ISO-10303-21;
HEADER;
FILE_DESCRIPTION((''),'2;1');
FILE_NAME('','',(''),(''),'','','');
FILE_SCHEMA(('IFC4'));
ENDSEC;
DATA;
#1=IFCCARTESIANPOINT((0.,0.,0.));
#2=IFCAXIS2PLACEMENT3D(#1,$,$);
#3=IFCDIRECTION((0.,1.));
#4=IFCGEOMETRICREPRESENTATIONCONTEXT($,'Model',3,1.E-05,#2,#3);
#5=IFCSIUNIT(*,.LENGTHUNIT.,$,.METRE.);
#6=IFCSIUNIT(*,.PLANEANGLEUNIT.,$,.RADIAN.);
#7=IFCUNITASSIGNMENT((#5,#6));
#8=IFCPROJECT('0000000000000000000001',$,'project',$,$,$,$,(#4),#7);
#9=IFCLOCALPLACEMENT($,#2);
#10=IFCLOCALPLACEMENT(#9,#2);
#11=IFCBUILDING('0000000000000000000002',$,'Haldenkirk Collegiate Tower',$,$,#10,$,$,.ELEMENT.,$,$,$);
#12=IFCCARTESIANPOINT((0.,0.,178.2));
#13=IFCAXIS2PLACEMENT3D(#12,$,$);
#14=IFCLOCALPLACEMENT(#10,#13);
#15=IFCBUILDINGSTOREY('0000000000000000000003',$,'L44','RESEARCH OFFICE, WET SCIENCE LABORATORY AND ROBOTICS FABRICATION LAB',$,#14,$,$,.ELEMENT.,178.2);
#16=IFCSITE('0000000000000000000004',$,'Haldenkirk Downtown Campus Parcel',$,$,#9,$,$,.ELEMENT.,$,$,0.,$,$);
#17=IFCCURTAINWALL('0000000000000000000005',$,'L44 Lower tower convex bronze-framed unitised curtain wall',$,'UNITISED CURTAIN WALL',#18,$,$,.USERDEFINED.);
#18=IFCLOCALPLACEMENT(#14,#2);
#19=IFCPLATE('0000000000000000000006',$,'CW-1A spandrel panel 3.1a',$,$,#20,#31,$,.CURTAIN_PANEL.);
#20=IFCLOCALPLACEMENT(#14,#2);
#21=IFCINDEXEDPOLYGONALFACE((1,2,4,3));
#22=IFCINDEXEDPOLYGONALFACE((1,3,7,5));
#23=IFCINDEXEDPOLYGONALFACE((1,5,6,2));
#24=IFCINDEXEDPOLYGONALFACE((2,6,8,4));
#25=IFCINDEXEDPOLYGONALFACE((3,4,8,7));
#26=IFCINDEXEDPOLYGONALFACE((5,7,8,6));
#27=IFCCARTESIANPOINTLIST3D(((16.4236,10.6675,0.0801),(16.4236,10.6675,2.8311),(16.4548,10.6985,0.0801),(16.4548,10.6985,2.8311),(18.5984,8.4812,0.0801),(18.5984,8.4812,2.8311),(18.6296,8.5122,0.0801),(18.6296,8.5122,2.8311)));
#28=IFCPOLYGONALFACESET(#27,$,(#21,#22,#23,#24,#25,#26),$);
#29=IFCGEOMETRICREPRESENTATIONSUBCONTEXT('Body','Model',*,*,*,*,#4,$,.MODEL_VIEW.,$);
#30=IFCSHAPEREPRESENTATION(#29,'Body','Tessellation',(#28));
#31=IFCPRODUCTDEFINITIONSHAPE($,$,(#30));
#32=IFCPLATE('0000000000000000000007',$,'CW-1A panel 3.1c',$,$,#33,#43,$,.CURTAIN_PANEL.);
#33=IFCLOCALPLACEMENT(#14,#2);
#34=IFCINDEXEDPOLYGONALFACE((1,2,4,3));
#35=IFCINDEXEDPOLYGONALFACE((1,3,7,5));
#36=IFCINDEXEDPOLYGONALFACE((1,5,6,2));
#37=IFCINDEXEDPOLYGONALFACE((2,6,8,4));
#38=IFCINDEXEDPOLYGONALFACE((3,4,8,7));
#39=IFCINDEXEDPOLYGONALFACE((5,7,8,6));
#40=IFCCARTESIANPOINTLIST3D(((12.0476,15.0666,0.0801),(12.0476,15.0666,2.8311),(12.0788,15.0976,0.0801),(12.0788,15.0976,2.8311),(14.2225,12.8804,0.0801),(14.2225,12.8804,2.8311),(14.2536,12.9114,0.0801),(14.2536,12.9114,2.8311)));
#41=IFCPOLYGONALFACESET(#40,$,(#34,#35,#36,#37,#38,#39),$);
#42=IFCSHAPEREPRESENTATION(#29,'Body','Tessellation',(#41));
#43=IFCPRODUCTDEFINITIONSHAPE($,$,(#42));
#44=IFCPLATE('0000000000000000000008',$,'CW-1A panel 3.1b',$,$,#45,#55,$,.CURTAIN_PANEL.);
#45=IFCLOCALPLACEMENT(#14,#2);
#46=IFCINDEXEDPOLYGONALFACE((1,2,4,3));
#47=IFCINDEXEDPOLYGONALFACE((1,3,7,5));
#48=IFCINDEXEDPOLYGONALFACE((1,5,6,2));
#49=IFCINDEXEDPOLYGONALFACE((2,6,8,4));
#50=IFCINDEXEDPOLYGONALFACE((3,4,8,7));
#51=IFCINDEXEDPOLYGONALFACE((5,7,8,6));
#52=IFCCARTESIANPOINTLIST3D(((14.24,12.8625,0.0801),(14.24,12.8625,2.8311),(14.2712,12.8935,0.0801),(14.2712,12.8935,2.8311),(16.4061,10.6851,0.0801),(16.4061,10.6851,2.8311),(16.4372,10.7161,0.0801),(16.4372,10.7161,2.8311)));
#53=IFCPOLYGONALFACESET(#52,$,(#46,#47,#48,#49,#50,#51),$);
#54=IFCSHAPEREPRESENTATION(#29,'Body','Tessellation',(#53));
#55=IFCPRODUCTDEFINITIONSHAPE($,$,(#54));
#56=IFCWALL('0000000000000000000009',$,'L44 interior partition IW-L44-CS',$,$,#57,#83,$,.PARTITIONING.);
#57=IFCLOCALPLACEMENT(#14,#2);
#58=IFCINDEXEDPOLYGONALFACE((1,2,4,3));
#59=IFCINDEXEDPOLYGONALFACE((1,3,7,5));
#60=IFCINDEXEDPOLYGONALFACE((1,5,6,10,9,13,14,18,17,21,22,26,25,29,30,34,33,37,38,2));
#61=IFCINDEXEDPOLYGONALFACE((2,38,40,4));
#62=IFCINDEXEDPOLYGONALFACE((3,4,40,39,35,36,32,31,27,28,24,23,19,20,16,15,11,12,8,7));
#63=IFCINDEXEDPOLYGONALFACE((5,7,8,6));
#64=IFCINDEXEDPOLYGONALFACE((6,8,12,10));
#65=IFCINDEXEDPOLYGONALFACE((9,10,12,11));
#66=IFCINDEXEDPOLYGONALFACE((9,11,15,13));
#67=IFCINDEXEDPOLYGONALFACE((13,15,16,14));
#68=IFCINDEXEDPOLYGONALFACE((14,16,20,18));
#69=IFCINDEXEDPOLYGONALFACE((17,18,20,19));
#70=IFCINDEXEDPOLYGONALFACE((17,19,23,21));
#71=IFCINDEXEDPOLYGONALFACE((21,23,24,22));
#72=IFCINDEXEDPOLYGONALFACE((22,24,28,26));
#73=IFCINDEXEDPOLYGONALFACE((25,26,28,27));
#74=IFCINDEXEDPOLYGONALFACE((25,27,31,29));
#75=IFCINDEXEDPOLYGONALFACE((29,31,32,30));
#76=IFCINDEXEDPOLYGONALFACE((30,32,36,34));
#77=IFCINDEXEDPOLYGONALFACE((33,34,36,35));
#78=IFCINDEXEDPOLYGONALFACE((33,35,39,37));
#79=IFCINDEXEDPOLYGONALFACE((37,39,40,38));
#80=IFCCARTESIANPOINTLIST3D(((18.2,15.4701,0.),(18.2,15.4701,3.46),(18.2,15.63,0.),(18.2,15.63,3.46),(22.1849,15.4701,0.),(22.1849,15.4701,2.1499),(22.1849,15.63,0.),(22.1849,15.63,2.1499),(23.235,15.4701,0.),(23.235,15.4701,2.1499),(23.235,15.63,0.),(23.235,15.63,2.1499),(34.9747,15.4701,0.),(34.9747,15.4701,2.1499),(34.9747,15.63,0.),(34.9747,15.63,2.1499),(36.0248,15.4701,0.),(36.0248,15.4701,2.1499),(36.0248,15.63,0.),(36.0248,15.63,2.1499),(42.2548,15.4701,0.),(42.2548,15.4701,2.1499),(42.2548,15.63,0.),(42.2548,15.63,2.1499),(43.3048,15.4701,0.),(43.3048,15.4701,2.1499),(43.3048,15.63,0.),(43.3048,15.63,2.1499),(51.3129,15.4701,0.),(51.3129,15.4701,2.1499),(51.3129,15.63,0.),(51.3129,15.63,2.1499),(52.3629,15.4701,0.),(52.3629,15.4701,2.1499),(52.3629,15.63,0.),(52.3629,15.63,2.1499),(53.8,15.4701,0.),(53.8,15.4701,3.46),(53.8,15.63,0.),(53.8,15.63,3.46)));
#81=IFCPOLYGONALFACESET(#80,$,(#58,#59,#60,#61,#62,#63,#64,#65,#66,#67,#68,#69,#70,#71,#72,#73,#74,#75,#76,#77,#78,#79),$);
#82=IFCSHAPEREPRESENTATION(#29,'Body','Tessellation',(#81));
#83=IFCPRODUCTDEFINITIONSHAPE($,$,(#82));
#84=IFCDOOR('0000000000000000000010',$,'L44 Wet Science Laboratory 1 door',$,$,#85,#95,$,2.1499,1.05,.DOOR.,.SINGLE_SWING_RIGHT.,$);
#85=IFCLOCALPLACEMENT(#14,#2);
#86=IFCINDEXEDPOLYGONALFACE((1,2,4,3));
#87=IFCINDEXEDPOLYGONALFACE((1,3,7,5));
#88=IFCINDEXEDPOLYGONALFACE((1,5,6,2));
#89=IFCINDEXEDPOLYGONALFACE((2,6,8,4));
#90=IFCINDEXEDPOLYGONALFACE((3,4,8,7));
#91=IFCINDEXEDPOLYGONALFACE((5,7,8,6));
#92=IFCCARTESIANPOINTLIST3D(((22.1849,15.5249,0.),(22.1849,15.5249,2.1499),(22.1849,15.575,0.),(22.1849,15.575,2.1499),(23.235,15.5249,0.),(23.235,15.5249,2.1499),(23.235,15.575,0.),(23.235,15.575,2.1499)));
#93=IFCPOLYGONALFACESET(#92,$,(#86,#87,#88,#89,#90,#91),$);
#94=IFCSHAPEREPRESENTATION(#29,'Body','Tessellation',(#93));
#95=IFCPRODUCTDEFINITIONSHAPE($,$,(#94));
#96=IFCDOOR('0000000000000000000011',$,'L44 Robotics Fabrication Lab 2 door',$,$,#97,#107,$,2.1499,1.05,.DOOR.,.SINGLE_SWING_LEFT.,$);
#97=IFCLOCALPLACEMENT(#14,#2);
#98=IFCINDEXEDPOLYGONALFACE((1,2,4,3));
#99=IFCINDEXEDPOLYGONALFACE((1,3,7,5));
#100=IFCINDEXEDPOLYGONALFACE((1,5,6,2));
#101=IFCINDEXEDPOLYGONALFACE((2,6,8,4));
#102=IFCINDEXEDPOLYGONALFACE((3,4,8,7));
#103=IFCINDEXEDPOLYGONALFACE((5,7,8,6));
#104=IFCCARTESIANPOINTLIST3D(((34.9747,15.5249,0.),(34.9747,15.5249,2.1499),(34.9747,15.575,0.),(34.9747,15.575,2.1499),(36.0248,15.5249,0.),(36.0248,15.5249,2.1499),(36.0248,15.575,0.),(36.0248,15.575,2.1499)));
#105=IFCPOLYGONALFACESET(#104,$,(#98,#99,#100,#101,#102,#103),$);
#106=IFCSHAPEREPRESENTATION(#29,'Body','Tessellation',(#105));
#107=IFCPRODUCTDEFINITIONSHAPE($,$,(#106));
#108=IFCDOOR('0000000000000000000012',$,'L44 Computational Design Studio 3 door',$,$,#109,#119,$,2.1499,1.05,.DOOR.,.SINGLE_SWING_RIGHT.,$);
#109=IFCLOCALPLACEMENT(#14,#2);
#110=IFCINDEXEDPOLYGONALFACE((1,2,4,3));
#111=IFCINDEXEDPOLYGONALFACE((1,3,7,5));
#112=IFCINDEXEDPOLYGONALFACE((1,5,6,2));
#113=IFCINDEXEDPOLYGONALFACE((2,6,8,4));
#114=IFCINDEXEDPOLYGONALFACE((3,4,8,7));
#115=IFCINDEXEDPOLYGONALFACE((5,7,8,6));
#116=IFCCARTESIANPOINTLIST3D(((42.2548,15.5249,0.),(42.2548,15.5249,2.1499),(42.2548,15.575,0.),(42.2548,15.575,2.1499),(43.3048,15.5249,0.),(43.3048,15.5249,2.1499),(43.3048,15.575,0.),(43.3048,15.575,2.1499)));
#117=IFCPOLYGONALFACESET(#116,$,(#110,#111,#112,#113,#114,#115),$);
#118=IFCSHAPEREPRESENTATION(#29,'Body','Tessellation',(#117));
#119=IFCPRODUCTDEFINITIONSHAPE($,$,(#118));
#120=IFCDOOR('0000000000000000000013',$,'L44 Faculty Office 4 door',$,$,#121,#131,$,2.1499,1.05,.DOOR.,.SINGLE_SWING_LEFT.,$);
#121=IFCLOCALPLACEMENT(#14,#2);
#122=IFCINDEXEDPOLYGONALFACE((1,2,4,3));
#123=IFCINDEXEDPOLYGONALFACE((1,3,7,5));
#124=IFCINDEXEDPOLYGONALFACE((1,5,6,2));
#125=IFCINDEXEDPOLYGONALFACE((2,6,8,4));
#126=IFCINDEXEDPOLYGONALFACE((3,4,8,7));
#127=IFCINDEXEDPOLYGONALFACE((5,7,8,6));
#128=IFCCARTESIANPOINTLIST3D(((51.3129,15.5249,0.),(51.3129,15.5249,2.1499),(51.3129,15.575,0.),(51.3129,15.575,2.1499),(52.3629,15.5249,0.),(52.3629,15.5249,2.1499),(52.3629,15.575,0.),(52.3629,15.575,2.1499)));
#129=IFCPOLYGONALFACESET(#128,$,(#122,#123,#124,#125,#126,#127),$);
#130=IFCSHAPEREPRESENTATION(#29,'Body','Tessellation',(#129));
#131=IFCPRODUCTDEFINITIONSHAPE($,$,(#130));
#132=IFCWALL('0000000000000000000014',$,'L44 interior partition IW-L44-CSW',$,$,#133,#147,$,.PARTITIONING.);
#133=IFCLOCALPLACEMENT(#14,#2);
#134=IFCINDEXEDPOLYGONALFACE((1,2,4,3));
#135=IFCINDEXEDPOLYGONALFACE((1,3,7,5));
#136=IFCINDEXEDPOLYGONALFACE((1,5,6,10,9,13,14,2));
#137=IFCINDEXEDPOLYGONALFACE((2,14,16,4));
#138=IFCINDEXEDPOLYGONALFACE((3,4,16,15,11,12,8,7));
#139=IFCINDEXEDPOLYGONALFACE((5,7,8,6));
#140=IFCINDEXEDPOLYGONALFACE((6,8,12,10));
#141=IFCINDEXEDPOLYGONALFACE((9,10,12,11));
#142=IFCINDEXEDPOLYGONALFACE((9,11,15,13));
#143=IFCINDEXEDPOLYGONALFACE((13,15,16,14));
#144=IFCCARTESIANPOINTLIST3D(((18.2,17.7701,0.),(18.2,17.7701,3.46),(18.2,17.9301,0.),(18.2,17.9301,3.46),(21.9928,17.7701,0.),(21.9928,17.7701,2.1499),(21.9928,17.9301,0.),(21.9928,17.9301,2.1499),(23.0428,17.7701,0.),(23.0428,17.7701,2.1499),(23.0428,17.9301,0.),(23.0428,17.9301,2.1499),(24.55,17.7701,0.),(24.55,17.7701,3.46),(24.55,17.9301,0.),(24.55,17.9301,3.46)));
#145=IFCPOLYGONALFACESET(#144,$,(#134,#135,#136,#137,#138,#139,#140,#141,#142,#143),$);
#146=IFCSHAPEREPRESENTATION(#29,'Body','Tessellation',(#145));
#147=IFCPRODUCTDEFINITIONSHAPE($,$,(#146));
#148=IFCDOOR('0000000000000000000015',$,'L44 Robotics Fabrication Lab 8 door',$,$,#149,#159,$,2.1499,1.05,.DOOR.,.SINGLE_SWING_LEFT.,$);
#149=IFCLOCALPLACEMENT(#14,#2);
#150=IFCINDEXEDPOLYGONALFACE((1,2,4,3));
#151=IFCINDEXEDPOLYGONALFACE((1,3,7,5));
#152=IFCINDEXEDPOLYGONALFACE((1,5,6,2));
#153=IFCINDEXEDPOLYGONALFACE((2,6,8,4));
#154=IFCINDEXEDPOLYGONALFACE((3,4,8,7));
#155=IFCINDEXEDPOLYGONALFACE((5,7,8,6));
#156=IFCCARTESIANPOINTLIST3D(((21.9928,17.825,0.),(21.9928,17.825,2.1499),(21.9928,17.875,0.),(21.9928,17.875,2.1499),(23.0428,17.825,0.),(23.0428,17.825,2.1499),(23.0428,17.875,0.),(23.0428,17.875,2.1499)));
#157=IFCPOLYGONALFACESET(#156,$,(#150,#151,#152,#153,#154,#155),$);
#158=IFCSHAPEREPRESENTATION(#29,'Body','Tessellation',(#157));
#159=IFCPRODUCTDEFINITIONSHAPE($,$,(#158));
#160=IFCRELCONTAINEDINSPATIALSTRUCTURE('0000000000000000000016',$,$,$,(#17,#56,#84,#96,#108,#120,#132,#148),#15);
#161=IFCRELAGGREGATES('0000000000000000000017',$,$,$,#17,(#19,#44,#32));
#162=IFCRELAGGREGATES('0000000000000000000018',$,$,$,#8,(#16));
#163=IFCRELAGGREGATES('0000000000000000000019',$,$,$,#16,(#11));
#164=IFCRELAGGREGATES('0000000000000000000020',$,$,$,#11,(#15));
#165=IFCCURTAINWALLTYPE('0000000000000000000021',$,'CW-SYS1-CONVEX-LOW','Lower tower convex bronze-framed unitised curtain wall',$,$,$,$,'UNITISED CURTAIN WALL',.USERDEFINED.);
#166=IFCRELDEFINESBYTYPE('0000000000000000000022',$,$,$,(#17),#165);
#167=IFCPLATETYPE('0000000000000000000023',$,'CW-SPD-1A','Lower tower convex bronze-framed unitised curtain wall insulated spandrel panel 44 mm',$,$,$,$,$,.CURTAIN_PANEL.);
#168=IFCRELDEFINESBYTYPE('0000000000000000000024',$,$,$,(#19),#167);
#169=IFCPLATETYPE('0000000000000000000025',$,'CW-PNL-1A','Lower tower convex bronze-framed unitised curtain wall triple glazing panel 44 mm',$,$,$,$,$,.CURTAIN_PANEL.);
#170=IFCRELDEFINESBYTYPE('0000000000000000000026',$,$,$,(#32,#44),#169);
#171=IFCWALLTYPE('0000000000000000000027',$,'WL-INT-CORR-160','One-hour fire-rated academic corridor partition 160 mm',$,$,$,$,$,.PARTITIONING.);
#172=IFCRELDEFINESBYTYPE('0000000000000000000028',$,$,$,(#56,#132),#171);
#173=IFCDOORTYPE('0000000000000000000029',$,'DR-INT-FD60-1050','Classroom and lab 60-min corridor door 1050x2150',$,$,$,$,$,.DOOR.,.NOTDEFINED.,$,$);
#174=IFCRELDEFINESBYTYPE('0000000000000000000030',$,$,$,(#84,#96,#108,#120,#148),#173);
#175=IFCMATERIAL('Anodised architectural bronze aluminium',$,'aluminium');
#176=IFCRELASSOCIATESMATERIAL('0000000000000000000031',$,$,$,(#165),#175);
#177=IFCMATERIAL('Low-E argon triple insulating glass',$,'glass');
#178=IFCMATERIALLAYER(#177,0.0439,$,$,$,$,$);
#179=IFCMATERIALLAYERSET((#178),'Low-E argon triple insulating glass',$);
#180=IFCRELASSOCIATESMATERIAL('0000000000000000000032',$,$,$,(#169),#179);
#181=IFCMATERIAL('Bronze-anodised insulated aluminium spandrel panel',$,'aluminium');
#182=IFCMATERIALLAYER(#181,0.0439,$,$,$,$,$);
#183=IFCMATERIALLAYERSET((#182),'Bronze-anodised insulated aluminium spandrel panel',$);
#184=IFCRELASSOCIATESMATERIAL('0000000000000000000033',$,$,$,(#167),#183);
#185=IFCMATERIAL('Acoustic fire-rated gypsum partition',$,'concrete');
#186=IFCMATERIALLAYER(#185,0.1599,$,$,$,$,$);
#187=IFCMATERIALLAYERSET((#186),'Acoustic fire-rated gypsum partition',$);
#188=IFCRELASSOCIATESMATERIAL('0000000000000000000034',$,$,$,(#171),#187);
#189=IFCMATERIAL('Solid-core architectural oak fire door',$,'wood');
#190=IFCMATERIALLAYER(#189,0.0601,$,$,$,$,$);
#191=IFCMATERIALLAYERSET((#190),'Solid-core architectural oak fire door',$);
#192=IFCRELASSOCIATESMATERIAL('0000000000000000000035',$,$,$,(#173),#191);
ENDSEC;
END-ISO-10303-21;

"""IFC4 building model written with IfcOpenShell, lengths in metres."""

from ifc_helpers import new_model, si_unit, direction, frame, frame_2d, origin, origin_2d, place, context, subcontext, project, spatial, rectangle, extrude, source, transform, mapped, material, layer, layer_set, type_object, element, fill, aggregate, save


model = new_model("IFC4")

# Units and contexts
model_context = context("Model", 3, precision=1e-05, world=origin(), true_north=direction((0.0, 1.0)))
body_context = subcontext(model_context, "Body", "Model", "MODEL_VIEW")
ifc_project = project(units=[si_unit("LENGTHUNIT", "METRE"), si_unit("PLANEANGLEUNIT", "RADIAN")], contexts=[model_context])

# Site, building, storey
site_placement = place(None, origin())
site = spatial("IfcSite", under=ifc_project, at=site_placement, Name="Haldenkirk Downtown Campus Parcel", CompositionType="ELEMENT", RefElevation=0.0)
building_placement = place(site_placement, origin())
building = spatial("IfcBuilding", under=site, at=building_placement, Name="Haldenkirk Collegiate Tower", CompositionType="ELEMENT")
storey_placement = place(building_placement, frame((0.0, 0.0, 178.2)))
storey = spatial("IfcBuildingStorey", under=building, at=storey_placement, Name="L44", Description="RESEARCH OFFICE, WET SCIENCE LABORATORY AND ROBOTICS FABRICATION LAB", CompositionType="ELEMENT", Elevation=178.2)

# Curtain wall
ifc_material_1 = material(Name="Anodised architectural bronze aluminium", Category="aluminium")
curtain_wall_type = type_object("IfcCurtainWallType", Name="CW-SYS1-CONVEX-LOW", Description="Lower tower convex bronze-framed unitised curtain wall", ElementType="UNITISED CURTAIN WALL", PredefinedType="USERDEFINED", material=ifc_material_1)
curtain_wall_placement = place(storey_placement, origin())
curtain_wall = element("IfcCurtainWall", 1, at=curtain_wall_placement, inside=storey, type_object=curtain_wall_type, Name="L44 Lower tower convex bronze-framed unitised curtain wall", ObjectType="UNITISED CURTAIN WALL", PredefinedType="USERDEFINED")

# Plates
ifc_material_2 = material(Name="Low-E argon triple insulating glass", Category="glass")
ifc_layer_1 = layer(ifc_material_2, 0.0439)
ifc_layer_set_1 = layer_set([ifc_layer_1], Name="Low-E argon triple insulating glass")
plate_type_1 = type_object("IfcPlateType", Name="CW-PNL-1A", Description="Lower tower convex bronze-framed unitised curtain wall triple glazing panel 44 mm", PredefinedType="CURTAIN_PANEL", material=ifc_layer_set_1)
ifc_material_3 = material(Name="Bronze-anodised insulated aluminium spandrel panel", Category="aluminium")
ifc_layer_2 = layer(ifc_material_3, 0.0439)
ifc_layer_set_2 = layer_set([ifc_layer_2], Name="Bronze-anodised insulated aluminium spandrel panel")
plate_type_2 = type_object("IfcPlateType", Name="CW-SPD-1A", Description="Lower tower convex bronze-framed unitised curtain wall insulated spandrel panel 44 mm", PredefinedType="CURTAIN_PANEL", material=ifc_layer_set_2)
shared_shape_1 = source(origin(), body_context, "Body", "SweptSolid", [
    extrude(rectangle(XDim=3.0837, YDim=0.0439, at=origin_2d()), origin(), (0.0, 0.0, 1.0), 2.751),
])
plate_1_placement = place(storey_placement, frame((17.5266, 9.5898, 0.0801), z_axis=(0.0, 0.0, 1.0), x_axis=(-0.705255, 0.708954, 0.0)))
plate_1 = element("IfcPlate", 2, at=plate_1_placement, type_object=plate_type_2, Name="CW-1A spandrel panel 3.1a", PredefinedType="CURTAIN_PANEL", context=body_context, shape_type="MappedRepresentation", body=[
    mapped(shared_shape_1, transform((0.0, 0.0, 0.0), x_axis=(1.0, 0.0, 0.0), y_axis=(0.0, 1.0, 0.0), z_axis=(0.0, 0.0, 1.0), scale=1.0)),
])
plate_2_placement = place(storey_placement, frame((13.1506, 13.989, 0.0801), z_axis=(0.0, 0.0, 1.0), x_axis=(-0.705255, 0.708954, 0.0)))
plate_2 = element("IfcPlate", 3, at=plate_2_placement, type_object=plate_type_1, Name="CW-1A panel 3.1c", PredefinedType="CURTAIN_PANEL", context=body_context, shape_type="MappedRepresentation", body=[
    mapped(shared_shape_1, transform((0.0, 0.0, 0.0), x_axis=(1.0, 0.0, 0.0), y_axis=(0.0, 1.0, 0.0), z_axis=(0.0, 0.0, 1.0), scale=1.0)),
])
shared_shape_2 = source(origin(), body_context, "Body", "SweptSolid", [
    extrude(rectangle(XDim=3.0713, YDim=0.0439, at=origin_2d()), origin(), (0.0, 0.0, 1.0), 2.751),
])
plate_3_placement = place(storey_placement, frame((15.3386, 11.7893, 0.0801), z_axis=(0.0, 0.0, 1.0), x_axis=(-0.705255, 0.708954, 0.0)))
plate_3 = element("IfcPlate", 4, at=plate_3_placement, type_object=plate_type_1, Name="CW-1A panel 3.1b", PredefinedType="CURTAIN_PANEL", context=body_context, shape_type="MappedRepresentation", body=[
    mapped(shared_shape_2, transform((0.0, 0.0, 0.0), x_axis=(1.0, 0.0, 0.0), y_axis=(0.0, 1.0, 0.0), z_axis=(0.0, 0.0, 1.0), scale=1.0)),
])
aggregate(curtain_wall, [plate_1, plate_3, plate_2])

# Wall, openings, doors
ifc_material_4 = material(Name="Acoustic fire-rated gypsum partition", Category="concrete")
ifc_layer_3 = layer(ifc_material_4, 0.1599)
ifc_layer_set_3 = layer_set([ifc_layer_3], Name="Acoustic fire-rated gypsum partition")
wall_type_1 = type_object("IfcWallType", Name="WL-INT-CORR-160", Description="One-hour fire-rated academic corridor partition 160 mm", PredefinedType="PARTITIONING", material=ifc_layer_set_3)
wall_1_placement = place(storey_placement, frame((18.2, 15.55, 0.0), z_axis=(0.0, 0.0, 1.0), x_axis=(1.0, 0.0, 0.0)))
wall_1 = element("IfcWall", 5, at=wall_1_placement, inside=storey, type_object=wall_type_1, Name="L44 interior partition IW-L44-CS", PredefinedType="PARTITIONING", context=body_context, shape_type="SweptSolid", body=[
    extrude(rectangle(XDim=35.6001, YDim=0.1599, at=frame_2d((17.8, 0.0))), origin(), (0.0, 0.0, 1.0), 3.46),
])
opening_1_placement = place(wall_1_placement, frame((3.9851, 0.0, 0.0)))
opening_1 = element("IfcOpeningElement", 6, at=opening_1_placement, cuts=wall_1, PredefinedType="OPENING", context=body_context, shape_type="SweptSolid", body=[
    extrude(rectangle(XDim=1.05, YDim=2.1499, at=frame_2d((0.5249, 1.075))), frame((0.0, 0.0898, 0.0), z_axis=(0.0, -1.0, 0.0), x_axis=(1.0, 0.0, 0.0)), (0.0, 0.0, 1.0), 0.1799),
])
opening_2_placement = place(wall_1_placement, frame((16.7749, 0.0, 0.0)))
opening_2 = element("IfcOpeningElement", 7, at=opening_2_placement, cuts=wall_1, PredefinedType="OPENING", context=body_context, shape_type="SweptSolid", body=[
    extrude(rectangle(XDim=1.05, YDim=2.1499, at=frame_2d((0.5249, 1.075))), frame((0.0, 0.0898, 0.0), z_axis=(0.0, -1.0, 0.0), x_axis=(1.0, 0.0, 0.0)), (0.0, 0.0, 1.0), 0.1799),
])
opening_3_placement = place(wall_1_placement, frame((24.0549, 0.0, 0.0)))
opening_3 = element("IfcOpeningElement", 8, at=opening_3_placement, cuts=wall_1, PredefinedType="OPENING", context=body_context, shape_type="SweptSolid", body=[
    extrude(rectangle(XDim=1.05, YDim=2.1499, at=frame_2d((0.5249, 1.075))), frame((0.0, 0.0898, 0.0), z_axis=(0.0, -1.0, 0.0), x_axis=(1.0, 0.0, 0.0)), (0.0, 0.0, 1.0), 0.1799),
])
opening_4_placement = place(wall_1_placement, frame((33.113, 0.0, 0.0)))
opening_4 = element("IfcOpeningElement", 9, at=opening_4_placement, cuts=wall_1, PredefinedType="OPENING", context=body_context, shape_type="SweptSolid", body=[
    extrude(rectangle(XDim=1.05, YDim=2.1499, at=frame_2d((0.5249, 1.075))), frame((0.0, 0.0898, 0.0), z_axis=(0.0, -1.0, 0.0), x_axis=(1.0, 0.0, 0.0)), (0.0, 0.0, 1.0), 0.1799),
])
ifc_material_5 = material(Name="Solid-core architectural oak fire door", Category="wood")
ifc_layer_4 = layer(ifc_material_5, 0.0601)
ifc_layer_set_4 = layer_set([ifc_layer_4], Name="Solid-core architectural oak fire door")
door_type = type_object("IfcDoorType", Name="DR-INT-FD60-1050", Description="Classroom and lab 60-min corridor door 1050x2150", OperationType="NOTDEFINED", PredefinedType="DOOR", material=ifc_layer_set_4)
door_1_placement = place(opening_1_placement, origin())
door_1 = element("IfcDoor", 10, at=door_1_placement, inside=storey, type_object=door_type, Name="L44 Wet Science Laboratory 1 door", OperationType="SINGLE_SWING_RIGHT", OverallHeight=2.1499, OverallWidth=1.05, PredefinedType="DOOR", context=body_context, shape_type="SweptSolid", body=[
    extrude(rectangle(XDim=1.05, YDim=2.1499, at=frame_2d((0.5249, 1.075))), frame((0.0, 0.0249, 0.0), z_axis=(0.0, -1.0, 0.0), x_axis=(1.0, 0.0, 0.0)), (0.0, 0.0, 1.0), 0.05),
])
fill(opening_1, door_1)
door_2_placement = place(opening_2_placement, origin())
door_2 = element("IfcDoor", 11, at=door_2_placement, inside=storey, type_object=door_type, Name="L44 Robotics Fabrication Lab 2 door", OperationType="SINGLE_SWING_LEFT", OverallHeight=2.1499, OverallWidth=1.05, PredefinedType="DOOR", context=body_context, shape_type="SweptSolid", body=[
    extrude(rectangle(XDim=1.05, YDim=2.1499, at=frame_2d((0.5249, 1.075))), frame((0.0, 0.0249, 0.0), z_axis=(0.0, -1.0, 0.0), x_axis=(1.0, 0.0, 0.0)), (0.0, 0.0, 1.0), 0.05),
])
fill(opening_2, door_2)
door_3_placement = place(opening_3_placement, origin())
door_3 = element("IfcDoor", 12, at=door_3_placement, inside=storey, type_object=door_type, Name="L44 Computational Design Studio 3 door", OperationType="SINGLE_SWING_RIGHT", OverallHeight=2.1499, OverallWidth=1.05, PredefinedType="DOOR", context=body_context, shape_type="SweptSolid", body=[
    extrude(rectangle(XDim=1.05, YDim=2.1499, at=frame_2d((0.5249, 1.075))), frame((0.0, 0.0249, 0.0), z_axis=(0.0, -1.0, 0.0), x_axis=(1.0, 0.0, 0.0)), (0.0, 0.0, 1.0), 0.05),
])
fill(opening_3, door_3)
door_4_placement = place(opening_4_placement, origin())
door_4 = element("IfcDoor", 13, at=door_4_placement, inside=storey, type_object=door_type, Name="L44 Faculty Office 4 door", OperationType="SINGLE_SWING_LEFT", OverallHeight=2.1499, OverallWidth=1.05, PredefinedType="DOOR", context=body_context, shape_type="SweptSolid", body=[
    extrude(rectangle(XDim=1.05, YDim=2.1499, at=frame_2d((0.5249, 1.075))), frame((0.0, 0.0249, 0.0), z_axis=(0.0, -1.0, 0.0), x_axis=(1.0, 0.0, 0.0)), (0.0, 0.0, 1.0), 0.05),
])
fill(opening_4, door_4)

# Wall, opening, door
wall_2_placement = place(storey_placement, frame((18.2, 17.8501, 0.0), z_axis=(0.0, 0.0, 1.0), x_axis=(1.0, 0.0, 0.0)))
wall_2 = element("IfcWall", 14, at=wall_2_placement, inside=storey, type_object=wall_type_1, Name="L44 interior partition IW-L44-CSW", PredefinedType="PARTITIONING", context=body_context, shape_type="SweptSolid", body=[
    extrude(rectangle(XDim=6.3501, YDim=0.1599, at=frame_2d((3.175, 0.0))), origin(), (0.0, 0.0, 1.0), 3.46),
])
opening_5_placement = place(wall_2_placement, frame((3.793, 0.0, 0.0)))
opening_5 = element("IfcOpeningElement", 15, at=opening_5_placement, cuts=wall_2, PredefinedType="OPENING", context=body_context, shape_type="SweptSolid", body=[
    extrude(rectangle(XDim=1.05, YDim=2.1499, at=frame_2d((0.5249, 1.075))), frame((0.0, 0.0898, 0.0), z_axis=(0.0, -1.0, 0.0), x_axis=(1.0, 0.0, 0.0)), (0.0, 0.0, 1.0), 0.1799),
])
door_5_placement = place(opening_5_placement, origin())
door_5 = element("IfcDoor", 16, at=door_5_placement, inside=storey, type_object=door_type, Name="L44 Robotics Fabrication Lab 8 door", OperationType="SINGLE_SWING_LEFT", OverallHeight=2.1499, OverallWidth=1.05, PredefinedType="DOOR", context=body_context, shape_type="SweptSolid", body=[
    extrude(rectangle(XDim=1.05, YDim=2.1499, at=frame_2d((0.5249, 1.075))), frame((0.0, 0.0249, 0.0), z_axis=(0.0, -1.0, 0.0), x_axis=(1.0, 0.0, 0.0)), (0.0, 0.0, 1.0), 0.05),
])
fill(opening_5, door_5)

save(model, "model.ifc")
